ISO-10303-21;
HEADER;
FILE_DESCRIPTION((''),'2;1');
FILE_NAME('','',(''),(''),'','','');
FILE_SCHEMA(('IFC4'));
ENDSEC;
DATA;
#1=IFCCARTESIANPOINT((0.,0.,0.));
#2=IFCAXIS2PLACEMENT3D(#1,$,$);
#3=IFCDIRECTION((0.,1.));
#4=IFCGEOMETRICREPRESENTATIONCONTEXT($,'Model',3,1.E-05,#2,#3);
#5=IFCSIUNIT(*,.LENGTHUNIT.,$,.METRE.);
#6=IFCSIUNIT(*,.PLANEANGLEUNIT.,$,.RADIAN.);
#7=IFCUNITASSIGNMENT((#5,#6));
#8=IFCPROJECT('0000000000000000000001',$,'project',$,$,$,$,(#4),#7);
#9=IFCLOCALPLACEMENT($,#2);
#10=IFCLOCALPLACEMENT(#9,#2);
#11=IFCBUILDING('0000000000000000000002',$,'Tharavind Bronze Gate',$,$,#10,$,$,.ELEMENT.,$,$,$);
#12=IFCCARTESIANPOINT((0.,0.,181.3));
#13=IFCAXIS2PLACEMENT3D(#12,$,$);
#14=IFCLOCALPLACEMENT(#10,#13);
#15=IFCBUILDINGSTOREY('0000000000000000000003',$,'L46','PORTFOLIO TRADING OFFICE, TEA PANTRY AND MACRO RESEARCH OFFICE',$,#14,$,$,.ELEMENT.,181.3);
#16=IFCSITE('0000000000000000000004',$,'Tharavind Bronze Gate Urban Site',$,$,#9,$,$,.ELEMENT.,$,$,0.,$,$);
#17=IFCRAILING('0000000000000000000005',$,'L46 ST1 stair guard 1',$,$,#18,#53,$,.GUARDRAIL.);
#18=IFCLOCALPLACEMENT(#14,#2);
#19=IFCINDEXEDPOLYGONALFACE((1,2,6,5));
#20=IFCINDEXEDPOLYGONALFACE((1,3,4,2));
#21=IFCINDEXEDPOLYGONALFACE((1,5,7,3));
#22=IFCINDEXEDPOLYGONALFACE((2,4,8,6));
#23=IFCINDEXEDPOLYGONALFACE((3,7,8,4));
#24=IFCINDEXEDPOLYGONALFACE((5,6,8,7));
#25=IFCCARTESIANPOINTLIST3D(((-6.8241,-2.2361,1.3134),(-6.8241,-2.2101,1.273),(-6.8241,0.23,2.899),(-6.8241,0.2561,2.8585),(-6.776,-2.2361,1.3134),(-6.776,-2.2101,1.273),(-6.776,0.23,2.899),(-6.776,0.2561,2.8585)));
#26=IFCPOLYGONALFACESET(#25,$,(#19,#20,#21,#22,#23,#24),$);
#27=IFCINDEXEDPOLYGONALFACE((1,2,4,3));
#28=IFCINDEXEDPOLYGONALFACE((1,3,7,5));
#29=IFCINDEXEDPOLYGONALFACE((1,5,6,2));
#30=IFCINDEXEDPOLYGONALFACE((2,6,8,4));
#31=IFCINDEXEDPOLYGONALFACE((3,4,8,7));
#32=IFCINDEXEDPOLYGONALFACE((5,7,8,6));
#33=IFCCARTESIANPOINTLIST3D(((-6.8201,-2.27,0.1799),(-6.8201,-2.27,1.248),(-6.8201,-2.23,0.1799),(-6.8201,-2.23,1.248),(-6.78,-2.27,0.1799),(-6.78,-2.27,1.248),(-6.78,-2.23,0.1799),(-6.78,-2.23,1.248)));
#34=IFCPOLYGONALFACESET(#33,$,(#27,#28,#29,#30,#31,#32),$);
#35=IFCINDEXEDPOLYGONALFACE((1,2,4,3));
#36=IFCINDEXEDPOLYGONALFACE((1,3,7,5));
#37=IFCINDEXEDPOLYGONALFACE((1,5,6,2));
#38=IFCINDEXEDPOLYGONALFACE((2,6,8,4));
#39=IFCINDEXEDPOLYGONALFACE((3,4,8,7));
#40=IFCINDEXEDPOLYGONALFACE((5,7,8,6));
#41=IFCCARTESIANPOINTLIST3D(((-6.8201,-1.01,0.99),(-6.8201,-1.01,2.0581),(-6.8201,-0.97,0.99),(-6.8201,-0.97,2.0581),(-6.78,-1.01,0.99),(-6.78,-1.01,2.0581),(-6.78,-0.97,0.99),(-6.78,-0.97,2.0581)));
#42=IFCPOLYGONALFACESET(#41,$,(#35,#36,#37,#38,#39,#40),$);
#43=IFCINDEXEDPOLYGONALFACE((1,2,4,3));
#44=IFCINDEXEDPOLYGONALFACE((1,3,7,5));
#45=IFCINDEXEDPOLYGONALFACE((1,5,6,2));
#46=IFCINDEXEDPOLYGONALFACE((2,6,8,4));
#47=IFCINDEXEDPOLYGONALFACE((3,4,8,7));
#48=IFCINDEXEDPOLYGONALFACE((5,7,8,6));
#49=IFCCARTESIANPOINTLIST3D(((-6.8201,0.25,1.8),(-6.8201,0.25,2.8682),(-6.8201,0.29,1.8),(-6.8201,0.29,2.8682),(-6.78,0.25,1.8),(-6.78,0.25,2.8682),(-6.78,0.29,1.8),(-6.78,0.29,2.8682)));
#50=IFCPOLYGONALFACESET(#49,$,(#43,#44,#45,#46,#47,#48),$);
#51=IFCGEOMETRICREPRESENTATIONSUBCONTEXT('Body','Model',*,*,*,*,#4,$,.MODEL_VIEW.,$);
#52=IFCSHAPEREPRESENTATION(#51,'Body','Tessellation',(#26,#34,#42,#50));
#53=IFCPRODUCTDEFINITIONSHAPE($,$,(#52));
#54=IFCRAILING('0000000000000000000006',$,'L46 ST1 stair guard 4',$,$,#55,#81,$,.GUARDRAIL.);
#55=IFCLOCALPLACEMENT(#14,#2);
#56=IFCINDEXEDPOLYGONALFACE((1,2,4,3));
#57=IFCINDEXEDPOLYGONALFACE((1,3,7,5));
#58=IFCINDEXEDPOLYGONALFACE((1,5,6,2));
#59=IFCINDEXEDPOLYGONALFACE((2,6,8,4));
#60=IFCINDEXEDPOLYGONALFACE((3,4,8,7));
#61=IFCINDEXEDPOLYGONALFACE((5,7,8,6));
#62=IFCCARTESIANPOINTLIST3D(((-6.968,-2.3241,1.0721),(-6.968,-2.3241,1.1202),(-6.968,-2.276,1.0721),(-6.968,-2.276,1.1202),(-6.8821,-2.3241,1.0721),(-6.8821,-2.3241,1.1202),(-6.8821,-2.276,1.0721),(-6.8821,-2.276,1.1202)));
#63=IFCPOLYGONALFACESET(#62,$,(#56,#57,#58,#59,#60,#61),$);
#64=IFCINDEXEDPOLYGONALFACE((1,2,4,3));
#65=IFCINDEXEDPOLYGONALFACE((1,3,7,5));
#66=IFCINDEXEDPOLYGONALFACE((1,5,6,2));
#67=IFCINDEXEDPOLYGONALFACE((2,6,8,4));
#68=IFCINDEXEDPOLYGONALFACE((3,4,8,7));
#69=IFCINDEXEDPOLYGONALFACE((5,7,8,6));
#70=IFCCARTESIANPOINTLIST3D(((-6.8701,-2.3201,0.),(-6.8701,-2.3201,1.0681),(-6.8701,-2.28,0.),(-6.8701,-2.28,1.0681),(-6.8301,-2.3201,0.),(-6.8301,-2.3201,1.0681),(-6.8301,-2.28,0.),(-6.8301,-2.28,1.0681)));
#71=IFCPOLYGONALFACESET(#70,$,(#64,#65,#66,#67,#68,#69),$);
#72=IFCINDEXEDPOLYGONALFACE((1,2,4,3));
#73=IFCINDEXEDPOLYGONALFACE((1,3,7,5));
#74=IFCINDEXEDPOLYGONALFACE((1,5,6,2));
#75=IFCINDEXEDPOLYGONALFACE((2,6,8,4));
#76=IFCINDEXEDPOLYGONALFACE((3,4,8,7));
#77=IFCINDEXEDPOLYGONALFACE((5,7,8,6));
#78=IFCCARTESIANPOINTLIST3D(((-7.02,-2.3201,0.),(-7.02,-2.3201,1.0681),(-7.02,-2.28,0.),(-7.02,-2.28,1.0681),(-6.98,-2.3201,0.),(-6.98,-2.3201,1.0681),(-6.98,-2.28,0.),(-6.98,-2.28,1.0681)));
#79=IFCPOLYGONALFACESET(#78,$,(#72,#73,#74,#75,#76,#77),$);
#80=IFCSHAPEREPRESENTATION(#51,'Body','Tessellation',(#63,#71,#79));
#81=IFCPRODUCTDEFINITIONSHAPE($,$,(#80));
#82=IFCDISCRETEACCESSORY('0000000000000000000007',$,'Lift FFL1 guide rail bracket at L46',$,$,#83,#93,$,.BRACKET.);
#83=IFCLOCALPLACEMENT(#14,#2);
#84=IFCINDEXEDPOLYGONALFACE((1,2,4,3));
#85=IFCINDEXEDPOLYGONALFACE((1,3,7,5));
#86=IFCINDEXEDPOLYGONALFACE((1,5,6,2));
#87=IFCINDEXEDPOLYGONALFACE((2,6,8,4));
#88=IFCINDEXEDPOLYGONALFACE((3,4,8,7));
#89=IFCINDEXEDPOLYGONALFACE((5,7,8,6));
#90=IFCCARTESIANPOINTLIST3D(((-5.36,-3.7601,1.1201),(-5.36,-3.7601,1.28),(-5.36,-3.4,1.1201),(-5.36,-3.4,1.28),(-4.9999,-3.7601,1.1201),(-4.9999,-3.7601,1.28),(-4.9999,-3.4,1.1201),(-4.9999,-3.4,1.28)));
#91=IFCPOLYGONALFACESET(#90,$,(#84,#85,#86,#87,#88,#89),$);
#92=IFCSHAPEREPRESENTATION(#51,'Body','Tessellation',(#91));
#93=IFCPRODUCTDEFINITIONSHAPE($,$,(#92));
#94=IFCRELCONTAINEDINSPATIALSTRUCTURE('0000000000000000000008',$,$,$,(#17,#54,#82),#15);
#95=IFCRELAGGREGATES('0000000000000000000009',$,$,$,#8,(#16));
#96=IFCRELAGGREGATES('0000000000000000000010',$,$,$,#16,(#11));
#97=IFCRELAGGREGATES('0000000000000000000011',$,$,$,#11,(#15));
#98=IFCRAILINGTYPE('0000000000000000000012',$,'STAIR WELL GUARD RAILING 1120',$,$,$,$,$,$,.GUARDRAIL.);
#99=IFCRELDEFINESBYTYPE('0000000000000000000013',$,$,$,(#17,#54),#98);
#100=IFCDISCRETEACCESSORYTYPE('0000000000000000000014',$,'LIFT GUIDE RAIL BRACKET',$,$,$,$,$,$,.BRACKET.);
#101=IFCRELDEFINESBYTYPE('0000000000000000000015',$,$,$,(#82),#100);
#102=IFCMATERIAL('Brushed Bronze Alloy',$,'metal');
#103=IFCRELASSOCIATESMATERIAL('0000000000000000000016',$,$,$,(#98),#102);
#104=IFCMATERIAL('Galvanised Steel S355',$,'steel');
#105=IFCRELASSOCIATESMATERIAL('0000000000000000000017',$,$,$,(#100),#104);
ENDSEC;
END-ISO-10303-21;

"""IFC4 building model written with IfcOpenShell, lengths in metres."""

from ifc_helpers import new_model, si_unit, direction, frame, origin, origin_2d, place, context, subcontext, project, spatial, rectangle, extrude, material, type_object, element, save


model = new_model("IFC4")

# Units and contexts
model_context = context("Model", 3, precision=1e-05, world=origin(), true_north=direction((0.0, 1.0)))
body_context = subcontext(model_context, "Body", "Model", "MODEL_VIEW")
ifc_project = project(units=[si_unit("LENGTHUNIT", "METRE"), si_unit("PLANEANGLEUNIT", "RADIAN")], contexts=[model_context])

# Site, building, storey
site_placement = place(None, origin())
site = spatial("IfcSite", under=ifc_project, at=site_placement, Name="Tharavind Bronze Gate Urban Site", CompositionType="ELEMENT", RefElevation=0.0)
building_placement = place(site_placement, origin())
building = spatial("IfcBuilding", under=site, at=building_placement, Name="Tharavind Bronze Gate", CompositionType="ELEMENT")
storey_placement = place(building_placement, frame((0.0, 0.0, 181.3)))
storey = spatial("IfcBuildingStorey", under=building, at=storey_placement, Name="L46", Description="PORTFOLIO TRADING OFFICE, TEA PANTRY AND MACRO RESEARCH OFFICE", CompositionType="ELEMENT", Elevation=181.3)

# Railings
ifc_material_1 = material(Name="Brushed Bronze Alloy", Category="metal")
railing_type_1 = type_object("IfcRailingType", Name="STAIR WELL GUARD RAILING 1120", PredefinedType="GUARDRAIL", material=ifc_material_1)
railing_1_placement = place(storey_placement, frame((-6.8, -2.25, 0.1799)))
element("IfcRailing", 1, at=railing_1_placement, inside=storey, type_object=railing_type_1, Name="L46 ST1 stair guard 1", PredefinedType="GUARDRAIL", context=body_context, shape_type="SweptSolid", body=[
    extrude(rectangle(XDim=0.0481, YDim=0.0481, at=origin_2d()), frame((0.0, 0.0269, 1.1133), z_axis=(0.0, 0.841163, 0.540782), x_axis=(-1.0, 0.0, 0.0)), (0.0, 0.0, 1.0), 2.9319),
    extrude(rectangle(XDim=0.04, YDim=0.04, at=origin_2d()), origin(), (0.0, 0.0, 1.0), 1.0681),
    extrude(rectangle(XDim=0.04, YDim=0.04, at=origin_2d()), frame((0.0, 1.26, 0.8101)), (0.0, 0.0, 1.0), 1.0681),
    extrude(rectangle(XDim=0.04, YDim=0.04, at=origin_2d()), frame((0.0, 2.52, 1.6201)), (0.0, 0.0, 1.0), 1.0681),
])
railing_2_placement = place(storey_placement, frame((-6.8501, -2.3, 0.0)))
element("IfcRailing", 2, at=railing_2_placement, inside=storey, type_object=railing_type_1, Name="L46 ST1 stair guard 4", PredefinedType="GUARDRAIL", context=body_context, shape_type="SweptSolid", body=[
    extrude(rectangle(XDim=0.0481, YDim=0.0481, at=origin_2d()), frame((-0.032, 0.0, 1.0962), z_axis=(-1.0, 0.0, 0.0), x_axis=(0.0, -1.0, 0.0)), (0.0, 0.0, 1.0), 0.0859),
    extrude(rectangle(XDim=0.04, YDim=0.04, at=origin_2d()), origin(), (0.0, 0.0, 1.0), 1.0681),
    extrude(rectangle(XDim=0.04, YDim=0.04, at=origin_2d()), frame((-0.1499, 0.0, 0.0)), (0.0, 0.0, 1.0), 1.0681),
])

# Discrete accessory
ifc_material_2 = material(Name="Galvanised Steel S355", Category="steel")
discrete_accessory_type = type_object("IfcDiscreteAccessoryType", Name="LIFT GUIDE RAIL BRACKET", PredefinedType="BRACKET", material=ifc_material_2)
discrete_accessory_placement = place(storey_placement, frame((-5.1799, -3.5801, 1.1201), z_axis=(0.0, 0.0, 1.0), x_axis=(1.0, 0.0, 0.0)))
element("IfcDiscreteAccessory", 3, at=discrete_accessory_placement, inside=storey, type_object=discrete_accessory_type, Name="Lift FFL1 guide rail bracket at L46", PredefinedType="BRACKET", context=body_context, shape_type="SweptSolid", body=[
    extrude(rectangle(XDim=0.3601, YDim=0.3601, at=origin_2d()), origin(), (0.0, 0.0, 1.0), 0.1599),
])

save(model, "model.ifc")
